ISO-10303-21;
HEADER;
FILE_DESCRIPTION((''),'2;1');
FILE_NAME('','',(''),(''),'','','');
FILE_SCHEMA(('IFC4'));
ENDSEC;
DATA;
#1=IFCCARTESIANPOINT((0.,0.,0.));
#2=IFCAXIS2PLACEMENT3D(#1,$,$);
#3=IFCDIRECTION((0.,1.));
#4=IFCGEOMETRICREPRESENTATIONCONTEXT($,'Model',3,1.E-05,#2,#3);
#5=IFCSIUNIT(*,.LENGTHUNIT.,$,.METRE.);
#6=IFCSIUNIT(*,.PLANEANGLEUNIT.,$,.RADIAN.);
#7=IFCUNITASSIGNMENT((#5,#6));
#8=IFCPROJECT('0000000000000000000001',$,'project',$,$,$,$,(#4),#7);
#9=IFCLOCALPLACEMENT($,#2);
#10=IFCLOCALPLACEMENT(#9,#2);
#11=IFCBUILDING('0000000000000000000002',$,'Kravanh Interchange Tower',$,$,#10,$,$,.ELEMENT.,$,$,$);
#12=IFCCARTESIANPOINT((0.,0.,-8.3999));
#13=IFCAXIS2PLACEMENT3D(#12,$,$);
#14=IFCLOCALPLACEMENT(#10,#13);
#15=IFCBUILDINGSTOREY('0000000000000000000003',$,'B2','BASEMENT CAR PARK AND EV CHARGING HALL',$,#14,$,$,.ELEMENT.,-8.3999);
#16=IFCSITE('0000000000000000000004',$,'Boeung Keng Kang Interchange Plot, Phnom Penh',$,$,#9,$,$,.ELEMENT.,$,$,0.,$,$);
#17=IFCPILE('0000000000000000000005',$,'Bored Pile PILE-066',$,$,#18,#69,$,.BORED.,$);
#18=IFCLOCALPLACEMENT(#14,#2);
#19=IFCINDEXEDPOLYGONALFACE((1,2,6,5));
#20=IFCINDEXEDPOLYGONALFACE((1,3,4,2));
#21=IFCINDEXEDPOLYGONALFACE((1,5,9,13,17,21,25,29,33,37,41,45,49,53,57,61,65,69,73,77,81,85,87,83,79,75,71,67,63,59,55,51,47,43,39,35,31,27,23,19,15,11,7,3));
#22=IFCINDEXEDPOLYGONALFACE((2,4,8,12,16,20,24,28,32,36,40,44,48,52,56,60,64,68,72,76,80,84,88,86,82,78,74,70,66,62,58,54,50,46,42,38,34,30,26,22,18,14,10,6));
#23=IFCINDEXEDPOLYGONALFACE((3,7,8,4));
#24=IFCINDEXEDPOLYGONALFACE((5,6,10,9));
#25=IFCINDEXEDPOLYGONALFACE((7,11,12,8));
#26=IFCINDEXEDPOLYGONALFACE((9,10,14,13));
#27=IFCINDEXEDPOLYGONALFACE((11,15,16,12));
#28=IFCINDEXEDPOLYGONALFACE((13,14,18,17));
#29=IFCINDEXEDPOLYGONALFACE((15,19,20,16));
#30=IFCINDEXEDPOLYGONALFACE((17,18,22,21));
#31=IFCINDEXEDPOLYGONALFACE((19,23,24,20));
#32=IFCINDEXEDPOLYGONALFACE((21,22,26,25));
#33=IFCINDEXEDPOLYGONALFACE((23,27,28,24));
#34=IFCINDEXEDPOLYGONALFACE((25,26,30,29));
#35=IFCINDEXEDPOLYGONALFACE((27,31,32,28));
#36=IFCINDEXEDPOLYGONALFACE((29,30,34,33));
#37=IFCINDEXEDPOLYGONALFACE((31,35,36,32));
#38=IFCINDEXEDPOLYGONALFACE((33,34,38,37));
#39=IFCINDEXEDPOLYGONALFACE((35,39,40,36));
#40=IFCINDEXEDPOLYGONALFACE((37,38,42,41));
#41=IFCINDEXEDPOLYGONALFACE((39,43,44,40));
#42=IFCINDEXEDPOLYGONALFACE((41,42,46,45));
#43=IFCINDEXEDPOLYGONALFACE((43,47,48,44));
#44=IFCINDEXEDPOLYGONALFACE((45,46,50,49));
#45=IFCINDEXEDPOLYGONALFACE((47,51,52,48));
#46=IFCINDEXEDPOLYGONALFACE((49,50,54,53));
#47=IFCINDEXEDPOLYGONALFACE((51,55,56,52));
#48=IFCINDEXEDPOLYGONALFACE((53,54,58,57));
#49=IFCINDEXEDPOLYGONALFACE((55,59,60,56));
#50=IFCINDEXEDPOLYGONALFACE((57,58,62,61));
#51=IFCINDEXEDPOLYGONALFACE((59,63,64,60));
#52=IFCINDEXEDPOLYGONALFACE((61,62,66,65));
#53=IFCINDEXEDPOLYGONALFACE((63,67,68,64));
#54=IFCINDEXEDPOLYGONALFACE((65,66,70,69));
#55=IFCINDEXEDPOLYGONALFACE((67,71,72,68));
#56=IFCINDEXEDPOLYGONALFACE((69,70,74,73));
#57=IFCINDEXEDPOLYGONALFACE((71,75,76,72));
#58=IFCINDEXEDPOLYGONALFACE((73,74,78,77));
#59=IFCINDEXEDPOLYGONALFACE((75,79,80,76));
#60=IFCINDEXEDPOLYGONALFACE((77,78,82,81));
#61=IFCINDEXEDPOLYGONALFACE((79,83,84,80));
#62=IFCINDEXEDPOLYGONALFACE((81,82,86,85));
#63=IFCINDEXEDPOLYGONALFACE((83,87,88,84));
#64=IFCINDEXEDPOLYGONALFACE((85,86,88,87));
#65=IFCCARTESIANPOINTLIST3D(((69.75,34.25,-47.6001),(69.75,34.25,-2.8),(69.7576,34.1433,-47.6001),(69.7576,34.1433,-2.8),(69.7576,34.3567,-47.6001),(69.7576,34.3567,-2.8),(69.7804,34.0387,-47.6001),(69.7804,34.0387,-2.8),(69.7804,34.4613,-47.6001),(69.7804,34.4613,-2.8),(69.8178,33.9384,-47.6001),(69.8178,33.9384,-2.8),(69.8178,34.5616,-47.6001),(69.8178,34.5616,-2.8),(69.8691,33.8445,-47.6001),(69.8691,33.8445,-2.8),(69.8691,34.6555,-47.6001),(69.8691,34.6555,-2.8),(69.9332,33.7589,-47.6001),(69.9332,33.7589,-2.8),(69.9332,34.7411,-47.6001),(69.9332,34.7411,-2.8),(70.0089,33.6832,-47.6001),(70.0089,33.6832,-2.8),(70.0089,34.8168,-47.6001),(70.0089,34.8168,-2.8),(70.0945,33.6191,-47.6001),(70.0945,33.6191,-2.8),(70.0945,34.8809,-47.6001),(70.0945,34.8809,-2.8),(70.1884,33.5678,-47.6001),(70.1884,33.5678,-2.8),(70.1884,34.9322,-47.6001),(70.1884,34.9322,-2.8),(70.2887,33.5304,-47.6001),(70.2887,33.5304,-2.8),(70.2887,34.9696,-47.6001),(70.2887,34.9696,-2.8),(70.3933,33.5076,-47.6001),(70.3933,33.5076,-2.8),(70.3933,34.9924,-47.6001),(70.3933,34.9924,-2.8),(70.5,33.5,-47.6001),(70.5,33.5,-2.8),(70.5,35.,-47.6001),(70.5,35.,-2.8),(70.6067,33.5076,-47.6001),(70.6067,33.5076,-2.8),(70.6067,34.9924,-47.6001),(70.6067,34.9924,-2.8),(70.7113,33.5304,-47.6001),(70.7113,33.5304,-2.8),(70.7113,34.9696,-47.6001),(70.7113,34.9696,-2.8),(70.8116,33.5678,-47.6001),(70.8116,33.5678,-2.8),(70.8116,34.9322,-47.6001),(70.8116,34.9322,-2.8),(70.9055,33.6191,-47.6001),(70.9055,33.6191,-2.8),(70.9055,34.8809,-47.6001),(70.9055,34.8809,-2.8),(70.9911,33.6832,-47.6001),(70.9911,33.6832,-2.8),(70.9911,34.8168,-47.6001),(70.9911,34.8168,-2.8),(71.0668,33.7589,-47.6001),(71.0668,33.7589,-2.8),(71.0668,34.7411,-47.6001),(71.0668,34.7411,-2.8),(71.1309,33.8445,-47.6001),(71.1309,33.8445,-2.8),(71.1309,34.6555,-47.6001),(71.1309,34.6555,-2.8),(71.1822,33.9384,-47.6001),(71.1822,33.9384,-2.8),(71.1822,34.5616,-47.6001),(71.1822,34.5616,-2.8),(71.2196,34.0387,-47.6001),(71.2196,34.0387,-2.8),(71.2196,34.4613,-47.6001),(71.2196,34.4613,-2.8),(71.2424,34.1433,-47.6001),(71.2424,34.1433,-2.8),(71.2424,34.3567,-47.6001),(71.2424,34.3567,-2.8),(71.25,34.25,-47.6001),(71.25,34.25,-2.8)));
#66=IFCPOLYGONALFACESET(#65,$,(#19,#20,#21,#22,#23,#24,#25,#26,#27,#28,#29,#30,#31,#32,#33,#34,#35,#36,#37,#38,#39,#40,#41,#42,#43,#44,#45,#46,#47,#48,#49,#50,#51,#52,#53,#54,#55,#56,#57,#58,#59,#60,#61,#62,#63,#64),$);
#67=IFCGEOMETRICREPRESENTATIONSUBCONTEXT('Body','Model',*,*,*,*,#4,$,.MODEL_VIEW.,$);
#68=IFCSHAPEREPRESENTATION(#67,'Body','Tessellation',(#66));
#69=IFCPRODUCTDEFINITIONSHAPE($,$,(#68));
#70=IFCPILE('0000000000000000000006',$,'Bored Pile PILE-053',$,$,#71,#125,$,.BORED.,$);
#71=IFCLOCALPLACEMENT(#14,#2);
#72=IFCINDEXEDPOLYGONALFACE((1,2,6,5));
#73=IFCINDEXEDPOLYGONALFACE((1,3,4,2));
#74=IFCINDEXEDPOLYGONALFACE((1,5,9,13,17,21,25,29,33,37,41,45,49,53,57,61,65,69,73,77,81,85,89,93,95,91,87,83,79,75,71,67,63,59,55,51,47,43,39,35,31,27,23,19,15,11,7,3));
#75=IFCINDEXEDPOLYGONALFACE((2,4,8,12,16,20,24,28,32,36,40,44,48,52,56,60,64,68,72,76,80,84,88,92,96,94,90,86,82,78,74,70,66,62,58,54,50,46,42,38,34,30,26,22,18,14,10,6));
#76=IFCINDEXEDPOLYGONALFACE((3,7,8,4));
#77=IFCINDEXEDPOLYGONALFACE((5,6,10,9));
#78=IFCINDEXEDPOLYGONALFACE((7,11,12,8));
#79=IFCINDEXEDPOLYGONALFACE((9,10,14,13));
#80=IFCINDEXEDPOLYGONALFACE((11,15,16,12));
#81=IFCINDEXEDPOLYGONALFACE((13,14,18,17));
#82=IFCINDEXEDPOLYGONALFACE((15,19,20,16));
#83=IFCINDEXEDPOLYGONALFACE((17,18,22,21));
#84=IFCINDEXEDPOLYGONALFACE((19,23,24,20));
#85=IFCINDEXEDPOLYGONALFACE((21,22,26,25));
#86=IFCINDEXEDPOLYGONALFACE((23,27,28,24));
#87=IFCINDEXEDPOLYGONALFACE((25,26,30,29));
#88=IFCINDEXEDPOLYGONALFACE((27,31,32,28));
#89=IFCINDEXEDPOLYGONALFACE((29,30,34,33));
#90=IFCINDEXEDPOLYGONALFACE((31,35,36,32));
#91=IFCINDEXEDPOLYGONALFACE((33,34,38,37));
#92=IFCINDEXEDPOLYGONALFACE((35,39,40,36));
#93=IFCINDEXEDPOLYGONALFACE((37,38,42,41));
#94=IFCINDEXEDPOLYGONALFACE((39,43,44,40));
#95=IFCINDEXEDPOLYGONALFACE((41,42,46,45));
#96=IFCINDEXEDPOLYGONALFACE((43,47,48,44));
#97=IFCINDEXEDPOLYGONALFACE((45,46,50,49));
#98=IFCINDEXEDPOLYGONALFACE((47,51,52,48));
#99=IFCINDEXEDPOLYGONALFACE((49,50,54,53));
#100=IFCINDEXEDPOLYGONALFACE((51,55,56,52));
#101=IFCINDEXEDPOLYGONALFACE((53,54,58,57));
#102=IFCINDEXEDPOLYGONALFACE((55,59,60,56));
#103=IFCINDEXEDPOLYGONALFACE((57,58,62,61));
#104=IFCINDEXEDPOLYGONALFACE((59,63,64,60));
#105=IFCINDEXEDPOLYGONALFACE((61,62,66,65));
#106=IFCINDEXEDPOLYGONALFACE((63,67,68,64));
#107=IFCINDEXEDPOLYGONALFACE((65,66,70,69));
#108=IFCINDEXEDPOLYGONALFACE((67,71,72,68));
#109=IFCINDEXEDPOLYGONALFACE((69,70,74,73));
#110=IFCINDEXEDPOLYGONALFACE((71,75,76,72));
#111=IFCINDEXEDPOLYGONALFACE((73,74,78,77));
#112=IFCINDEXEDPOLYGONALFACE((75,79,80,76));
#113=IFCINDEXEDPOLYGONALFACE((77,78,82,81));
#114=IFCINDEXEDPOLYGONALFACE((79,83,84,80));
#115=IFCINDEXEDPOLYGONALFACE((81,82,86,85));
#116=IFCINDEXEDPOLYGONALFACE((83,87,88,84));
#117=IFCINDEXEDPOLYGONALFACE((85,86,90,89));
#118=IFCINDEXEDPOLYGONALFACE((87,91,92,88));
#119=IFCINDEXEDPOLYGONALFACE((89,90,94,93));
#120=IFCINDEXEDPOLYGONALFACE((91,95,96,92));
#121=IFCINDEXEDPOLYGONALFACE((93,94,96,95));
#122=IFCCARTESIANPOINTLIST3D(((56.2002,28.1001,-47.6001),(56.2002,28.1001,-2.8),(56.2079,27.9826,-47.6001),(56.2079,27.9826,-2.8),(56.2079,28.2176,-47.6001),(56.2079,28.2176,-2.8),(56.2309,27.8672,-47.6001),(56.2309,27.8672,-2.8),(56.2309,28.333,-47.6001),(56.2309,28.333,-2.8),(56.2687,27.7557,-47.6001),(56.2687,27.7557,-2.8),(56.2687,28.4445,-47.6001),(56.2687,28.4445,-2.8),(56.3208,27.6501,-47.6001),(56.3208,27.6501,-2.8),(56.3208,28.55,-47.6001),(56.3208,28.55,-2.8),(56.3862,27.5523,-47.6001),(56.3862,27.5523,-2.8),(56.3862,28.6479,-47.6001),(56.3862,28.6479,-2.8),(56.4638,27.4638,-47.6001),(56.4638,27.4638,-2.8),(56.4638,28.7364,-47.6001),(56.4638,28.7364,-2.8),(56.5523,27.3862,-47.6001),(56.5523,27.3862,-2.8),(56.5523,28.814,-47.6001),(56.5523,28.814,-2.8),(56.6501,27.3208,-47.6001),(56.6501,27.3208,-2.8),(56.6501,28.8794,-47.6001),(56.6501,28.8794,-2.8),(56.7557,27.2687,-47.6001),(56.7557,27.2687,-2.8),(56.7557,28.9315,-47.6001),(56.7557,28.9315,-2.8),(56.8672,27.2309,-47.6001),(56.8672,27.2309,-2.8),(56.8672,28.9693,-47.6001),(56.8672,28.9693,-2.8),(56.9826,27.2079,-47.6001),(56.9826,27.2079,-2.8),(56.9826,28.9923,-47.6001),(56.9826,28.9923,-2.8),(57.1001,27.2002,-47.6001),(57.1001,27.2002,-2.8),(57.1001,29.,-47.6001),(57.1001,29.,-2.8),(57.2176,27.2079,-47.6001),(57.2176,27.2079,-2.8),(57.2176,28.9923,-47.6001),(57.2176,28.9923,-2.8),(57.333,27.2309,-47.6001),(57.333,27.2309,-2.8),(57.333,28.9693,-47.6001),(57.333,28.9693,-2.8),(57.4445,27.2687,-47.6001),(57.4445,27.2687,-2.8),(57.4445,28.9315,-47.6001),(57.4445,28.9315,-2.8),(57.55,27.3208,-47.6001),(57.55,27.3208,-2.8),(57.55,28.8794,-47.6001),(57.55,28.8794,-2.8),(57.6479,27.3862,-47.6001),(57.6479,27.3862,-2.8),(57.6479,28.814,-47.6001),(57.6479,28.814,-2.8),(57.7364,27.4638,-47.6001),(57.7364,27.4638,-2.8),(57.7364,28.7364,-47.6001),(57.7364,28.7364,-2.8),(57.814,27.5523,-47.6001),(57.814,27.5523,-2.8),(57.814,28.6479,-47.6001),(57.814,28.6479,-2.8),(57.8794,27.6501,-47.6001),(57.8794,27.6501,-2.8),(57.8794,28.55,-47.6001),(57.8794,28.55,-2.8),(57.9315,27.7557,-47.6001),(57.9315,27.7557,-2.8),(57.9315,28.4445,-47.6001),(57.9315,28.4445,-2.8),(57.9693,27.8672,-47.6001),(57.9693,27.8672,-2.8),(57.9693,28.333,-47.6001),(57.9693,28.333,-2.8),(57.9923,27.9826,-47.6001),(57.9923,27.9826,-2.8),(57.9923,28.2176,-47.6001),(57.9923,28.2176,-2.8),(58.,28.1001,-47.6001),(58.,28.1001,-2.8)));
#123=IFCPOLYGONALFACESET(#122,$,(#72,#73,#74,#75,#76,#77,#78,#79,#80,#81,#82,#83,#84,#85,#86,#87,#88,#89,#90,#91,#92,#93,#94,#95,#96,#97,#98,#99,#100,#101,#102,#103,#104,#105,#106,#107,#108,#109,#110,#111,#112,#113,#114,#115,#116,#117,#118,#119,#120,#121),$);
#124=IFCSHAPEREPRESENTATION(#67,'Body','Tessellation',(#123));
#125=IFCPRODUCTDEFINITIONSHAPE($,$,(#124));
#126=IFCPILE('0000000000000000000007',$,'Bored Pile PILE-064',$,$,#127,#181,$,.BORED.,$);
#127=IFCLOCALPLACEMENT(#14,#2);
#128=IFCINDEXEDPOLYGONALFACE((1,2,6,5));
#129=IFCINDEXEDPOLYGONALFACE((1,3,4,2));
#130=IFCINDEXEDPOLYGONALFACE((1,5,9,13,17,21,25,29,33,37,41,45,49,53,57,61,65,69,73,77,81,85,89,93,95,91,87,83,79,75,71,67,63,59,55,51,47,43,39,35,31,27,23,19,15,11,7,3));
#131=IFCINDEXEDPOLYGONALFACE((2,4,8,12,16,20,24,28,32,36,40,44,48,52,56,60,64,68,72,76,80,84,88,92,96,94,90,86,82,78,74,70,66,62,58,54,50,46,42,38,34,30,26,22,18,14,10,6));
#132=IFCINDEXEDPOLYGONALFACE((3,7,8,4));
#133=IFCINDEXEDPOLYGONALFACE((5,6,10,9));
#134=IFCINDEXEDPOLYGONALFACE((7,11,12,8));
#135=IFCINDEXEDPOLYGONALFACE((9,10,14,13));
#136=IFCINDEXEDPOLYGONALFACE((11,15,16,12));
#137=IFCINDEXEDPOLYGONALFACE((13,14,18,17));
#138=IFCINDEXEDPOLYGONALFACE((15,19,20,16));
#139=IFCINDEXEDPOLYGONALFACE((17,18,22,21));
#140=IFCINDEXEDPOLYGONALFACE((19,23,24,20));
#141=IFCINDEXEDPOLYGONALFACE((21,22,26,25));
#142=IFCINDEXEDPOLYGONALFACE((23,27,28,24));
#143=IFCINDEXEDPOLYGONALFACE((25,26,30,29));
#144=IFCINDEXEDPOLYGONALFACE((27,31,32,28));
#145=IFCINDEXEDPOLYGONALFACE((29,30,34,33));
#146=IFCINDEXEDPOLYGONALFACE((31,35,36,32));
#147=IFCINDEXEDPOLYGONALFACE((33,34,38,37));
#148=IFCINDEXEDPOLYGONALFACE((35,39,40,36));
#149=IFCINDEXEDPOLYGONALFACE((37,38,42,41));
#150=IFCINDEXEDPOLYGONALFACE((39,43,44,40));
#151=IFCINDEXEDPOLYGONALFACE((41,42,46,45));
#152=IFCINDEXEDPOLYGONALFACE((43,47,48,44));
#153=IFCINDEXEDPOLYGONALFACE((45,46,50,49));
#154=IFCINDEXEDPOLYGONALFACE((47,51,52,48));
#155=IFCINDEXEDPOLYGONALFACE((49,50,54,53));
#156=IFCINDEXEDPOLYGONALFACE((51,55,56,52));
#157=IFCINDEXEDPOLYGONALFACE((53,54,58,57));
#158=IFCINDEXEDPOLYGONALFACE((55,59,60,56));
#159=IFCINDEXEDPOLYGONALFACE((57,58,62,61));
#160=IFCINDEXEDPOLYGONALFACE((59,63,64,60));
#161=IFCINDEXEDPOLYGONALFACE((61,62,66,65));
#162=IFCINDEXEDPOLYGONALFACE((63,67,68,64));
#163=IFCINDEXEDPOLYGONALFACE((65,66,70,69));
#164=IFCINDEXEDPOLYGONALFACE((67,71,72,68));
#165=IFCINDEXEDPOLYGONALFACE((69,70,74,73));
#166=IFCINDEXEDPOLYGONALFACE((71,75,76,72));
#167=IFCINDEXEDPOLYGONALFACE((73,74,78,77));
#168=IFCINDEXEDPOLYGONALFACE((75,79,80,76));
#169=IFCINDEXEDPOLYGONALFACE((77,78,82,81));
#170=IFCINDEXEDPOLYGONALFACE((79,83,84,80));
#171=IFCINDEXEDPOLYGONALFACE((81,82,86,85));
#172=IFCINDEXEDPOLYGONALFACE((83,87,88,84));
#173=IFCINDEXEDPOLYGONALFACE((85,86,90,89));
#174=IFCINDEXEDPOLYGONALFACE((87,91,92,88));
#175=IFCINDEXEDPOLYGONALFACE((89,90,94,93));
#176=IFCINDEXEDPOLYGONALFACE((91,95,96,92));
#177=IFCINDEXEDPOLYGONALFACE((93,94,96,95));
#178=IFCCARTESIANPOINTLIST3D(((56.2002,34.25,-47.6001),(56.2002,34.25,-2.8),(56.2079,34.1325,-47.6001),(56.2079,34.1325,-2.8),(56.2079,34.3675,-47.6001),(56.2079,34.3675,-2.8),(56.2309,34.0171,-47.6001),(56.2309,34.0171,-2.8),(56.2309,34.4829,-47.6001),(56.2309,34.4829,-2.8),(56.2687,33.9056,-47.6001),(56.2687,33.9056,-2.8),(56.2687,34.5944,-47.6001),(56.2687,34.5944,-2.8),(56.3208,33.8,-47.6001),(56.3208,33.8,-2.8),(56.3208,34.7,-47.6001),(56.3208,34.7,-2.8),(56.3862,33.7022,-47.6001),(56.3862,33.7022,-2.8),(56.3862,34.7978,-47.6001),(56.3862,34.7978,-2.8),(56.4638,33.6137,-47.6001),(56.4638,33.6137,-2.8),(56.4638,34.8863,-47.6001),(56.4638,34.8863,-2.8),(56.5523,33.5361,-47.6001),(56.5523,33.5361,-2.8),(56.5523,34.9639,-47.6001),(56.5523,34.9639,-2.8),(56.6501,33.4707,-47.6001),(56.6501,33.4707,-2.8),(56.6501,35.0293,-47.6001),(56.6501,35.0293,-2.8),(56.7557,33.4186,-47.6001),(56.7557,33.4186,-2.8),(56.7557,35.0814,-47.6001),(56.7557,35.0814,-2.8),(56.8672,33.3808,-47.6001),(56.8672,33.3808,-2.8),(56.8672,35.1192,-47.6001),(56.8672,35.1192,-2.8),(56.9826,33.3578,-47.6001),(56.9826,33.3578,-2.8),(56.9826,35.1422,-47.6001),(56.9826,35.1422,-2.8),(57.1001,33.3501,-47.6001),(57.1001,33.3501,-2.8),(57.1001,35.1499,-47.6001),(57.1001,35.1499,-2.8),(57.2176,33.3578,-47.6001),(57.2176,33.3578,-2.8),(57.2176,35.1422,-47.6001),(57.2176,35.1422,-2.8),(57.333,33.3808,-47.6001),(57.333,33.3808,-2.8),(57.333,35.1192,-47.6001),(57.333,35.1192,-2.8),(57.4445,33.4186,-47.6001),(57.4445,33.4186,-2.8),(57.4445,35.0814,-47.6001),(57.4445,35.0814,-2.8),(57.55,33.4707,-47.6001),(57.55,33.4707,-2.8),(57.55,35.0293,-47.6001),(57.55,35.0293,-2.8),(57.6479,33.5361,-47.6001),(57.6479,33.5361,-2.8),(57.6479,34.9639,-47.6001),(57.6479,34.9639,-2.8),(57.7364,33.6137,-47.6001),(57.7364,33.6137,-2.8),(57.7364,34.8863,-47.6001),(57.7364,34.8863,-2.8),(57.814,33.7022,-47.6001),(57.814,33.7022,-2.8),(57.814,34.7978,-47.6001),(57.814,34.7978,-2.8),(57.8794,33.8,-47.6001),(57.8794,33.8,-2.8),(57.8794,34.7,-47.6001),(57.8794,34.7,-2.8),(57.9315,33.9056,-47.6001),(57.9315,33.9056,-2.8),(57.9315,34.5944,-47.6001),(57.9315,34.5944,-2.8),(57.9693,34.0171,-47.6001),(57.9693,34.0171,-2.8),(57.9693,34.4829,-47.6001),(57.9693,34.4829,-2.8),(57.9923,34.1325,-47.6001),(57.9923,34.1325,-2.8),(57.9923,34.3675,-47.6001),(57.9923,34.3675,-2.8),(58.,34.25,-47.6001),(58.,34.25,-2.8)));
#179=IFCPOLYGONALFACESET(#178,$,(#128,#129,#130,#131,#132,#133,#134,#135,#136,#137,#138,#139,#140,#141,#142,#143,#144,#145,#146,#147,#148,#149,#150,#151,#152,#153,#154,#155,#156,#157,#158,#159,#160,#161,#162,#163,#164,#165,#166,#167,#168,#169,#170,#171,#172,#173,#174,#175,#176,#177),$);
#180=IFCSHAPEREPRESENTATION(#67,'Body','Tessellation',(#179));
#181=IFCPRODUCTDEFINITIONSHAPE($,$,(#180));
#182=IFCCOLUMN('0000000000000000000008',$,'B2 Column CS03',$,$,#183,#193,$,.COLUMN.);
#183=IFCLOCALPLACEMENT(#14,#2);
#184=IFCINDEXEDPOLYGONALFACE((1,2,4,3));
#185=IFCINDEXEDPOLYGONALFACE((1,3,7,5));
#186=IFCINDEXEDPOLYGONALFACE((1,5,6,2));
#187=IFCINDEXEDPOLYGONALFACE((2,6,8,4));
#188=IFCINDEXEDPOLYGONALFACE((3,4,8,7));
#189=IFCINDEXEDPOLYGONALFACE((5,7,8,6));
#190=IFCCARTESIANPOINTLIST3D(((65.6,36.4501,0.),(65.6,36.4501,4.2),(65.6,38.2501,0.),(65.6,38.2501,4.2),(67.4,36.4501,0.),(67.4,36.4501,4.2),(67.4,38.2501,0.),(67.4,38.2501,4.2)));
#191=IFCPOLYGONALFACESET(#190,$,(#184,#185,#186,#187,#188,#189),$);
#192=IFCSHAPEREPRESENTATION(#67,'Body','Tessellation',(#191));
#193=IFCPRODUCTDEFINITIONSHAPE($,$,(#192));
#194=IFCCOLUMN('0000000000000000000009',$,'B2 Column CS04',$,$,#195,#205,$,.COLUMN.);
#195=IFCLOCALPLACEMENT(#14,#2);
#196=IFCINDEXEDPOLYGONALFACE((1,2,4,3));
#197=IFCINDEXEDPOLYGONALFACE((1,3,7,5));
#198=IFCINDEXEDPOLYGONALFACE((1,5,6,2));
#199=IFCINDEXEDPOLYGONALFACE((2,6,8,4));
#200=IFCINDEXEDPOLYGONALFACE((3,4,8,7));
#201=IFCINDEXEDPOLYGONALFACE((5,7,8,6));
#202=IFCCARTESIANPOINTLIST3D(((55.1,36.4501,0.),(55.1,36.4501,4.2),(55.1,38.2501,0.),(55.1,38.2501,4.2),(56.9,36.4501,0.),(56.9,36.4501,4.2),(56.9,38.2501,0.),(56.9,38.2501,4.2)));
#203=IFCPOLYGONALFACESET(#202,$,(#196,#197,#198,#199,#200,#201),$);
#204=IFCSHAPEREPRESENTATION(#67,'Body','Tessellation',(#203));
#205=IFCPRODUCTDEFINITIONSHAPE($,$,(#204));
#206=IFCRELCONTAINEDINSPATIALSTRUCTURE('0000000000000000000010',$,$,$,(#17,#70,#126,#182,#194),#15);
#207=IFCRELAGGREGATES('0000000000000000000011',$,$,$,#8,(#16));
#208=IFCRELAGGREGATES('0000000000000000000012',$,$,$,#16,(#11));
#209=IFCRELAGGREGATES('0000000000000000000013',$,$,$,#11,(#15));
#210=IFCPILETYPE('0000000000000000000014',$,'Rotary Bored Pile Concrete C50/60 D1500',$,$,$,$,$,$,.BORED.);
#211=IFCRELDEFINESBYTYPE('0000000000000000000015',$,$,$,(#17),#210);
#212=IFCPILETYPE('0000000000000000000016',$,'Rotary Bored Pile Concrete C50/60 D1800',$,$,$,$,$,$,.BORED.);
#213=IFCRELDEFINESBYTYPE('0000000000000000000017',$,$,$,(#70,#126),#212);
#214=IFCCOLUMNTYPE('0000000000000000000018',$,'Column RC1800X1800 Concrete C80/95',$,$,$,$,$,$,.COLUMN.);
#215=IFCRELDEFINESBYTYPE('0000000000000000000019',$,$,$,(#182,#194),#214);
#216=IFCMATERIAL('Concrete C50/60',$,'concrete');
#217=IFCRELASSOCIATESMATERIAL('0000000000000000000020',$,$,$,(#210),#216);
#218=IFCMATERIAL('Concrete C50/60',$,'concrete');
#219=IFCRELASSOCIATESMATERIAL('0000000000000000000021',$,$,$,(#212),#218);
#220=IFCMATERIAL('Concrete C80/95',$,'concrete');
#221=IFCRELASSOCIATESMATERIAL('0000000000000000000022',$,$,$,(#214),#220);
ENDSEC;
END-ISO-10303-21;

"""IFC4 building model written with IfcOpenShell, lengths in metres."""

from ifc_helpers import new_model, si_unit, direction, frame, origin, origin_2d, place, context, subcontext, project, spatial, rectangle, circle, extrude, material, material_profile, profile_set, type_object, element, save


model = new_model("IFC4")

# Units and contexts
model_context = context("Model", 3, precision=1e-05, world=origin(), true_north=direction((0.0, 1.0)))
body_context = subcontext(model_context, "Body", "Model", "MODEL_VIEW")
ifc_project = project(units=[si_unit("LENGTHUNIT", "METRE"), si_unit("PLANEANGLEUNIT", "RADIAN")], contexts=[model_context])

# Site, building, storey
site_placement = place(None, origin())
site = spatial("IfcSite", under=ifc_project, at=site_placement, Name="Boeung Keng Kang Interchange Plot, Phnom Penh", CompositionType="ELEMENT", RefElevation=0.0)
building_placement = place(site_placement, origin())
building = spatial("IfcBuilding", under=site, at=building_placement, Name="Kravanh Interchange Tower", CompositionType="ELEMENT")
storey_placement = place(building_placement, frame((0.0, 0.0, -8.3999)))
storey = spatial("IfcBuildingStorey", under=building, at=storey_placement, Name="B2", Description="BASEMENT CAR PARK AND EV CHARGING HALL", CompositionType="ELEMENT", Elevation=-8.3999)

# Piles
ifc_material_1 = material(Name="Concrete C50/60", Category="concrete")
ifc_material_profile_1 = material_profile(ifc_material_1, circle(Radius=0.75, at=origin_2d()), Name="PILE-D1500")
ifc_profile_set_1 = profile_set([ifc_material_profile_1], Name="Concrete C50/60")
pile_type_1 = type_object("IfcPileType", Name="Rotary Bored Pile Concrete C50/60 D1500", PredefinedType="BORED", material=ifc_profile_set_1)
for number, where, z_axis, x_axis, name in (
    (1, (70.5, 34.25, -2.8), (0.0, 0.0, -1.0), (1.0, 0.0, 0.0), "Bored Pile PILE-066"),
):
    element("IfcPile", number, at=place(storey_placement, frame(where, z_axis=z_axis, x_axis=x_axis)), inside=storey, type_object=pile_type_1, Name=name, PredefinedType="BORED", context=body_context, shape_type="SweptSolid", body=[
        extrude(circle(Radius=0.75, at=origin_2d()), origin(), (0.0, 0.0, 1.0), 44.8),
    ])
ifc_material_2 = material(Name="Concrete C50/60", Category="concrete")
ifc_material_profile_2 = material_profile(ifc_material_2, circle(Radius=0.8999, at=origin_2d()), Name="PILE-D1800")
ifc_profile_set_2 = profile_set([ifc_material_profile_2], Name="Concrete C50/60")
pile_type_2 = type_object("IfcPileType", Name="Rotary Bored Pile Concrete C50/60 D1800", PredefinedType="BORED", material=ifc_profile_set_2)
for number, where, z_axis, x_axis, name in (
    (2, (57.1001, 28.1001, -2.8), (0.0, 0.0, -1.0), (1.0, 0.0, 0.0), "Bored Pile PILE-053"),
    (3, (57.1001, 34.25, -2.8), (0.0, 0.0, -1.0), (1.0, 0.0, 0.0), "Bored Pile PILE-064"),
):
    element("IfcPile", number, at=place(storey_placement, frame(where, z_axis=z_axis, x_axis=x_axis)), inside=storey, type_object=pile_type_2, Name=name, PredefinedType="BORED", context=body_context, shape_type="SweptSolid", body=[
        extrude(circle(Radius=0.8999, at=origin_2d()), origin(), (0.0, 0.0, 1.0), 44.8),
    ])

# Columns
ifc_material_3 = material(Name="Concrete C80/95", Category="concrete")
ifc_material_profile_3 = material_profile(ifc_material_3, rectangle(XDim=1.8, YDim=1.8, at=origin_2d()), Name="RC1800X1800")
ifc_profile_set_3 = profile_set([ifc_material_profile_3], Name="Concrete C80/95")
column_type_1 = type_object("IfcColumnType", Name="Column RC1800X1800 Concrete C80/95", PredefinedType="COLUMN", material=ifc_profile_set_3)
for number, where, z_axis, x_axis, name in (
    (4, (66.5, 37.3501, 0.0), (0.0, 0.0, 1.0), (1.0, 0.0, 0.0), "B2 Column CS03"),
    (5, (56.0, 37.3501, 0.0), (0.0, 0.0, 1.0), (1.0, 0.0, 0.0), "B2 Column CS04"),
):
    element("IfcColumn", number, at=place(storey_placement, frame(where, z_axis=z_axis, x_axis=x_axis)), inside=storey, type_object=column_type_1, Name=name, PredefinedType="COLUMN", context=body_context, shape_type="SweptSolid", body=[
        extrude(rectangle(XDim=1.8, YDim=1.8, at=origin_2d()), origin(), (0.0, 0.0, 1.0), 4.2),
    ])

save(model, "model.ifc")
